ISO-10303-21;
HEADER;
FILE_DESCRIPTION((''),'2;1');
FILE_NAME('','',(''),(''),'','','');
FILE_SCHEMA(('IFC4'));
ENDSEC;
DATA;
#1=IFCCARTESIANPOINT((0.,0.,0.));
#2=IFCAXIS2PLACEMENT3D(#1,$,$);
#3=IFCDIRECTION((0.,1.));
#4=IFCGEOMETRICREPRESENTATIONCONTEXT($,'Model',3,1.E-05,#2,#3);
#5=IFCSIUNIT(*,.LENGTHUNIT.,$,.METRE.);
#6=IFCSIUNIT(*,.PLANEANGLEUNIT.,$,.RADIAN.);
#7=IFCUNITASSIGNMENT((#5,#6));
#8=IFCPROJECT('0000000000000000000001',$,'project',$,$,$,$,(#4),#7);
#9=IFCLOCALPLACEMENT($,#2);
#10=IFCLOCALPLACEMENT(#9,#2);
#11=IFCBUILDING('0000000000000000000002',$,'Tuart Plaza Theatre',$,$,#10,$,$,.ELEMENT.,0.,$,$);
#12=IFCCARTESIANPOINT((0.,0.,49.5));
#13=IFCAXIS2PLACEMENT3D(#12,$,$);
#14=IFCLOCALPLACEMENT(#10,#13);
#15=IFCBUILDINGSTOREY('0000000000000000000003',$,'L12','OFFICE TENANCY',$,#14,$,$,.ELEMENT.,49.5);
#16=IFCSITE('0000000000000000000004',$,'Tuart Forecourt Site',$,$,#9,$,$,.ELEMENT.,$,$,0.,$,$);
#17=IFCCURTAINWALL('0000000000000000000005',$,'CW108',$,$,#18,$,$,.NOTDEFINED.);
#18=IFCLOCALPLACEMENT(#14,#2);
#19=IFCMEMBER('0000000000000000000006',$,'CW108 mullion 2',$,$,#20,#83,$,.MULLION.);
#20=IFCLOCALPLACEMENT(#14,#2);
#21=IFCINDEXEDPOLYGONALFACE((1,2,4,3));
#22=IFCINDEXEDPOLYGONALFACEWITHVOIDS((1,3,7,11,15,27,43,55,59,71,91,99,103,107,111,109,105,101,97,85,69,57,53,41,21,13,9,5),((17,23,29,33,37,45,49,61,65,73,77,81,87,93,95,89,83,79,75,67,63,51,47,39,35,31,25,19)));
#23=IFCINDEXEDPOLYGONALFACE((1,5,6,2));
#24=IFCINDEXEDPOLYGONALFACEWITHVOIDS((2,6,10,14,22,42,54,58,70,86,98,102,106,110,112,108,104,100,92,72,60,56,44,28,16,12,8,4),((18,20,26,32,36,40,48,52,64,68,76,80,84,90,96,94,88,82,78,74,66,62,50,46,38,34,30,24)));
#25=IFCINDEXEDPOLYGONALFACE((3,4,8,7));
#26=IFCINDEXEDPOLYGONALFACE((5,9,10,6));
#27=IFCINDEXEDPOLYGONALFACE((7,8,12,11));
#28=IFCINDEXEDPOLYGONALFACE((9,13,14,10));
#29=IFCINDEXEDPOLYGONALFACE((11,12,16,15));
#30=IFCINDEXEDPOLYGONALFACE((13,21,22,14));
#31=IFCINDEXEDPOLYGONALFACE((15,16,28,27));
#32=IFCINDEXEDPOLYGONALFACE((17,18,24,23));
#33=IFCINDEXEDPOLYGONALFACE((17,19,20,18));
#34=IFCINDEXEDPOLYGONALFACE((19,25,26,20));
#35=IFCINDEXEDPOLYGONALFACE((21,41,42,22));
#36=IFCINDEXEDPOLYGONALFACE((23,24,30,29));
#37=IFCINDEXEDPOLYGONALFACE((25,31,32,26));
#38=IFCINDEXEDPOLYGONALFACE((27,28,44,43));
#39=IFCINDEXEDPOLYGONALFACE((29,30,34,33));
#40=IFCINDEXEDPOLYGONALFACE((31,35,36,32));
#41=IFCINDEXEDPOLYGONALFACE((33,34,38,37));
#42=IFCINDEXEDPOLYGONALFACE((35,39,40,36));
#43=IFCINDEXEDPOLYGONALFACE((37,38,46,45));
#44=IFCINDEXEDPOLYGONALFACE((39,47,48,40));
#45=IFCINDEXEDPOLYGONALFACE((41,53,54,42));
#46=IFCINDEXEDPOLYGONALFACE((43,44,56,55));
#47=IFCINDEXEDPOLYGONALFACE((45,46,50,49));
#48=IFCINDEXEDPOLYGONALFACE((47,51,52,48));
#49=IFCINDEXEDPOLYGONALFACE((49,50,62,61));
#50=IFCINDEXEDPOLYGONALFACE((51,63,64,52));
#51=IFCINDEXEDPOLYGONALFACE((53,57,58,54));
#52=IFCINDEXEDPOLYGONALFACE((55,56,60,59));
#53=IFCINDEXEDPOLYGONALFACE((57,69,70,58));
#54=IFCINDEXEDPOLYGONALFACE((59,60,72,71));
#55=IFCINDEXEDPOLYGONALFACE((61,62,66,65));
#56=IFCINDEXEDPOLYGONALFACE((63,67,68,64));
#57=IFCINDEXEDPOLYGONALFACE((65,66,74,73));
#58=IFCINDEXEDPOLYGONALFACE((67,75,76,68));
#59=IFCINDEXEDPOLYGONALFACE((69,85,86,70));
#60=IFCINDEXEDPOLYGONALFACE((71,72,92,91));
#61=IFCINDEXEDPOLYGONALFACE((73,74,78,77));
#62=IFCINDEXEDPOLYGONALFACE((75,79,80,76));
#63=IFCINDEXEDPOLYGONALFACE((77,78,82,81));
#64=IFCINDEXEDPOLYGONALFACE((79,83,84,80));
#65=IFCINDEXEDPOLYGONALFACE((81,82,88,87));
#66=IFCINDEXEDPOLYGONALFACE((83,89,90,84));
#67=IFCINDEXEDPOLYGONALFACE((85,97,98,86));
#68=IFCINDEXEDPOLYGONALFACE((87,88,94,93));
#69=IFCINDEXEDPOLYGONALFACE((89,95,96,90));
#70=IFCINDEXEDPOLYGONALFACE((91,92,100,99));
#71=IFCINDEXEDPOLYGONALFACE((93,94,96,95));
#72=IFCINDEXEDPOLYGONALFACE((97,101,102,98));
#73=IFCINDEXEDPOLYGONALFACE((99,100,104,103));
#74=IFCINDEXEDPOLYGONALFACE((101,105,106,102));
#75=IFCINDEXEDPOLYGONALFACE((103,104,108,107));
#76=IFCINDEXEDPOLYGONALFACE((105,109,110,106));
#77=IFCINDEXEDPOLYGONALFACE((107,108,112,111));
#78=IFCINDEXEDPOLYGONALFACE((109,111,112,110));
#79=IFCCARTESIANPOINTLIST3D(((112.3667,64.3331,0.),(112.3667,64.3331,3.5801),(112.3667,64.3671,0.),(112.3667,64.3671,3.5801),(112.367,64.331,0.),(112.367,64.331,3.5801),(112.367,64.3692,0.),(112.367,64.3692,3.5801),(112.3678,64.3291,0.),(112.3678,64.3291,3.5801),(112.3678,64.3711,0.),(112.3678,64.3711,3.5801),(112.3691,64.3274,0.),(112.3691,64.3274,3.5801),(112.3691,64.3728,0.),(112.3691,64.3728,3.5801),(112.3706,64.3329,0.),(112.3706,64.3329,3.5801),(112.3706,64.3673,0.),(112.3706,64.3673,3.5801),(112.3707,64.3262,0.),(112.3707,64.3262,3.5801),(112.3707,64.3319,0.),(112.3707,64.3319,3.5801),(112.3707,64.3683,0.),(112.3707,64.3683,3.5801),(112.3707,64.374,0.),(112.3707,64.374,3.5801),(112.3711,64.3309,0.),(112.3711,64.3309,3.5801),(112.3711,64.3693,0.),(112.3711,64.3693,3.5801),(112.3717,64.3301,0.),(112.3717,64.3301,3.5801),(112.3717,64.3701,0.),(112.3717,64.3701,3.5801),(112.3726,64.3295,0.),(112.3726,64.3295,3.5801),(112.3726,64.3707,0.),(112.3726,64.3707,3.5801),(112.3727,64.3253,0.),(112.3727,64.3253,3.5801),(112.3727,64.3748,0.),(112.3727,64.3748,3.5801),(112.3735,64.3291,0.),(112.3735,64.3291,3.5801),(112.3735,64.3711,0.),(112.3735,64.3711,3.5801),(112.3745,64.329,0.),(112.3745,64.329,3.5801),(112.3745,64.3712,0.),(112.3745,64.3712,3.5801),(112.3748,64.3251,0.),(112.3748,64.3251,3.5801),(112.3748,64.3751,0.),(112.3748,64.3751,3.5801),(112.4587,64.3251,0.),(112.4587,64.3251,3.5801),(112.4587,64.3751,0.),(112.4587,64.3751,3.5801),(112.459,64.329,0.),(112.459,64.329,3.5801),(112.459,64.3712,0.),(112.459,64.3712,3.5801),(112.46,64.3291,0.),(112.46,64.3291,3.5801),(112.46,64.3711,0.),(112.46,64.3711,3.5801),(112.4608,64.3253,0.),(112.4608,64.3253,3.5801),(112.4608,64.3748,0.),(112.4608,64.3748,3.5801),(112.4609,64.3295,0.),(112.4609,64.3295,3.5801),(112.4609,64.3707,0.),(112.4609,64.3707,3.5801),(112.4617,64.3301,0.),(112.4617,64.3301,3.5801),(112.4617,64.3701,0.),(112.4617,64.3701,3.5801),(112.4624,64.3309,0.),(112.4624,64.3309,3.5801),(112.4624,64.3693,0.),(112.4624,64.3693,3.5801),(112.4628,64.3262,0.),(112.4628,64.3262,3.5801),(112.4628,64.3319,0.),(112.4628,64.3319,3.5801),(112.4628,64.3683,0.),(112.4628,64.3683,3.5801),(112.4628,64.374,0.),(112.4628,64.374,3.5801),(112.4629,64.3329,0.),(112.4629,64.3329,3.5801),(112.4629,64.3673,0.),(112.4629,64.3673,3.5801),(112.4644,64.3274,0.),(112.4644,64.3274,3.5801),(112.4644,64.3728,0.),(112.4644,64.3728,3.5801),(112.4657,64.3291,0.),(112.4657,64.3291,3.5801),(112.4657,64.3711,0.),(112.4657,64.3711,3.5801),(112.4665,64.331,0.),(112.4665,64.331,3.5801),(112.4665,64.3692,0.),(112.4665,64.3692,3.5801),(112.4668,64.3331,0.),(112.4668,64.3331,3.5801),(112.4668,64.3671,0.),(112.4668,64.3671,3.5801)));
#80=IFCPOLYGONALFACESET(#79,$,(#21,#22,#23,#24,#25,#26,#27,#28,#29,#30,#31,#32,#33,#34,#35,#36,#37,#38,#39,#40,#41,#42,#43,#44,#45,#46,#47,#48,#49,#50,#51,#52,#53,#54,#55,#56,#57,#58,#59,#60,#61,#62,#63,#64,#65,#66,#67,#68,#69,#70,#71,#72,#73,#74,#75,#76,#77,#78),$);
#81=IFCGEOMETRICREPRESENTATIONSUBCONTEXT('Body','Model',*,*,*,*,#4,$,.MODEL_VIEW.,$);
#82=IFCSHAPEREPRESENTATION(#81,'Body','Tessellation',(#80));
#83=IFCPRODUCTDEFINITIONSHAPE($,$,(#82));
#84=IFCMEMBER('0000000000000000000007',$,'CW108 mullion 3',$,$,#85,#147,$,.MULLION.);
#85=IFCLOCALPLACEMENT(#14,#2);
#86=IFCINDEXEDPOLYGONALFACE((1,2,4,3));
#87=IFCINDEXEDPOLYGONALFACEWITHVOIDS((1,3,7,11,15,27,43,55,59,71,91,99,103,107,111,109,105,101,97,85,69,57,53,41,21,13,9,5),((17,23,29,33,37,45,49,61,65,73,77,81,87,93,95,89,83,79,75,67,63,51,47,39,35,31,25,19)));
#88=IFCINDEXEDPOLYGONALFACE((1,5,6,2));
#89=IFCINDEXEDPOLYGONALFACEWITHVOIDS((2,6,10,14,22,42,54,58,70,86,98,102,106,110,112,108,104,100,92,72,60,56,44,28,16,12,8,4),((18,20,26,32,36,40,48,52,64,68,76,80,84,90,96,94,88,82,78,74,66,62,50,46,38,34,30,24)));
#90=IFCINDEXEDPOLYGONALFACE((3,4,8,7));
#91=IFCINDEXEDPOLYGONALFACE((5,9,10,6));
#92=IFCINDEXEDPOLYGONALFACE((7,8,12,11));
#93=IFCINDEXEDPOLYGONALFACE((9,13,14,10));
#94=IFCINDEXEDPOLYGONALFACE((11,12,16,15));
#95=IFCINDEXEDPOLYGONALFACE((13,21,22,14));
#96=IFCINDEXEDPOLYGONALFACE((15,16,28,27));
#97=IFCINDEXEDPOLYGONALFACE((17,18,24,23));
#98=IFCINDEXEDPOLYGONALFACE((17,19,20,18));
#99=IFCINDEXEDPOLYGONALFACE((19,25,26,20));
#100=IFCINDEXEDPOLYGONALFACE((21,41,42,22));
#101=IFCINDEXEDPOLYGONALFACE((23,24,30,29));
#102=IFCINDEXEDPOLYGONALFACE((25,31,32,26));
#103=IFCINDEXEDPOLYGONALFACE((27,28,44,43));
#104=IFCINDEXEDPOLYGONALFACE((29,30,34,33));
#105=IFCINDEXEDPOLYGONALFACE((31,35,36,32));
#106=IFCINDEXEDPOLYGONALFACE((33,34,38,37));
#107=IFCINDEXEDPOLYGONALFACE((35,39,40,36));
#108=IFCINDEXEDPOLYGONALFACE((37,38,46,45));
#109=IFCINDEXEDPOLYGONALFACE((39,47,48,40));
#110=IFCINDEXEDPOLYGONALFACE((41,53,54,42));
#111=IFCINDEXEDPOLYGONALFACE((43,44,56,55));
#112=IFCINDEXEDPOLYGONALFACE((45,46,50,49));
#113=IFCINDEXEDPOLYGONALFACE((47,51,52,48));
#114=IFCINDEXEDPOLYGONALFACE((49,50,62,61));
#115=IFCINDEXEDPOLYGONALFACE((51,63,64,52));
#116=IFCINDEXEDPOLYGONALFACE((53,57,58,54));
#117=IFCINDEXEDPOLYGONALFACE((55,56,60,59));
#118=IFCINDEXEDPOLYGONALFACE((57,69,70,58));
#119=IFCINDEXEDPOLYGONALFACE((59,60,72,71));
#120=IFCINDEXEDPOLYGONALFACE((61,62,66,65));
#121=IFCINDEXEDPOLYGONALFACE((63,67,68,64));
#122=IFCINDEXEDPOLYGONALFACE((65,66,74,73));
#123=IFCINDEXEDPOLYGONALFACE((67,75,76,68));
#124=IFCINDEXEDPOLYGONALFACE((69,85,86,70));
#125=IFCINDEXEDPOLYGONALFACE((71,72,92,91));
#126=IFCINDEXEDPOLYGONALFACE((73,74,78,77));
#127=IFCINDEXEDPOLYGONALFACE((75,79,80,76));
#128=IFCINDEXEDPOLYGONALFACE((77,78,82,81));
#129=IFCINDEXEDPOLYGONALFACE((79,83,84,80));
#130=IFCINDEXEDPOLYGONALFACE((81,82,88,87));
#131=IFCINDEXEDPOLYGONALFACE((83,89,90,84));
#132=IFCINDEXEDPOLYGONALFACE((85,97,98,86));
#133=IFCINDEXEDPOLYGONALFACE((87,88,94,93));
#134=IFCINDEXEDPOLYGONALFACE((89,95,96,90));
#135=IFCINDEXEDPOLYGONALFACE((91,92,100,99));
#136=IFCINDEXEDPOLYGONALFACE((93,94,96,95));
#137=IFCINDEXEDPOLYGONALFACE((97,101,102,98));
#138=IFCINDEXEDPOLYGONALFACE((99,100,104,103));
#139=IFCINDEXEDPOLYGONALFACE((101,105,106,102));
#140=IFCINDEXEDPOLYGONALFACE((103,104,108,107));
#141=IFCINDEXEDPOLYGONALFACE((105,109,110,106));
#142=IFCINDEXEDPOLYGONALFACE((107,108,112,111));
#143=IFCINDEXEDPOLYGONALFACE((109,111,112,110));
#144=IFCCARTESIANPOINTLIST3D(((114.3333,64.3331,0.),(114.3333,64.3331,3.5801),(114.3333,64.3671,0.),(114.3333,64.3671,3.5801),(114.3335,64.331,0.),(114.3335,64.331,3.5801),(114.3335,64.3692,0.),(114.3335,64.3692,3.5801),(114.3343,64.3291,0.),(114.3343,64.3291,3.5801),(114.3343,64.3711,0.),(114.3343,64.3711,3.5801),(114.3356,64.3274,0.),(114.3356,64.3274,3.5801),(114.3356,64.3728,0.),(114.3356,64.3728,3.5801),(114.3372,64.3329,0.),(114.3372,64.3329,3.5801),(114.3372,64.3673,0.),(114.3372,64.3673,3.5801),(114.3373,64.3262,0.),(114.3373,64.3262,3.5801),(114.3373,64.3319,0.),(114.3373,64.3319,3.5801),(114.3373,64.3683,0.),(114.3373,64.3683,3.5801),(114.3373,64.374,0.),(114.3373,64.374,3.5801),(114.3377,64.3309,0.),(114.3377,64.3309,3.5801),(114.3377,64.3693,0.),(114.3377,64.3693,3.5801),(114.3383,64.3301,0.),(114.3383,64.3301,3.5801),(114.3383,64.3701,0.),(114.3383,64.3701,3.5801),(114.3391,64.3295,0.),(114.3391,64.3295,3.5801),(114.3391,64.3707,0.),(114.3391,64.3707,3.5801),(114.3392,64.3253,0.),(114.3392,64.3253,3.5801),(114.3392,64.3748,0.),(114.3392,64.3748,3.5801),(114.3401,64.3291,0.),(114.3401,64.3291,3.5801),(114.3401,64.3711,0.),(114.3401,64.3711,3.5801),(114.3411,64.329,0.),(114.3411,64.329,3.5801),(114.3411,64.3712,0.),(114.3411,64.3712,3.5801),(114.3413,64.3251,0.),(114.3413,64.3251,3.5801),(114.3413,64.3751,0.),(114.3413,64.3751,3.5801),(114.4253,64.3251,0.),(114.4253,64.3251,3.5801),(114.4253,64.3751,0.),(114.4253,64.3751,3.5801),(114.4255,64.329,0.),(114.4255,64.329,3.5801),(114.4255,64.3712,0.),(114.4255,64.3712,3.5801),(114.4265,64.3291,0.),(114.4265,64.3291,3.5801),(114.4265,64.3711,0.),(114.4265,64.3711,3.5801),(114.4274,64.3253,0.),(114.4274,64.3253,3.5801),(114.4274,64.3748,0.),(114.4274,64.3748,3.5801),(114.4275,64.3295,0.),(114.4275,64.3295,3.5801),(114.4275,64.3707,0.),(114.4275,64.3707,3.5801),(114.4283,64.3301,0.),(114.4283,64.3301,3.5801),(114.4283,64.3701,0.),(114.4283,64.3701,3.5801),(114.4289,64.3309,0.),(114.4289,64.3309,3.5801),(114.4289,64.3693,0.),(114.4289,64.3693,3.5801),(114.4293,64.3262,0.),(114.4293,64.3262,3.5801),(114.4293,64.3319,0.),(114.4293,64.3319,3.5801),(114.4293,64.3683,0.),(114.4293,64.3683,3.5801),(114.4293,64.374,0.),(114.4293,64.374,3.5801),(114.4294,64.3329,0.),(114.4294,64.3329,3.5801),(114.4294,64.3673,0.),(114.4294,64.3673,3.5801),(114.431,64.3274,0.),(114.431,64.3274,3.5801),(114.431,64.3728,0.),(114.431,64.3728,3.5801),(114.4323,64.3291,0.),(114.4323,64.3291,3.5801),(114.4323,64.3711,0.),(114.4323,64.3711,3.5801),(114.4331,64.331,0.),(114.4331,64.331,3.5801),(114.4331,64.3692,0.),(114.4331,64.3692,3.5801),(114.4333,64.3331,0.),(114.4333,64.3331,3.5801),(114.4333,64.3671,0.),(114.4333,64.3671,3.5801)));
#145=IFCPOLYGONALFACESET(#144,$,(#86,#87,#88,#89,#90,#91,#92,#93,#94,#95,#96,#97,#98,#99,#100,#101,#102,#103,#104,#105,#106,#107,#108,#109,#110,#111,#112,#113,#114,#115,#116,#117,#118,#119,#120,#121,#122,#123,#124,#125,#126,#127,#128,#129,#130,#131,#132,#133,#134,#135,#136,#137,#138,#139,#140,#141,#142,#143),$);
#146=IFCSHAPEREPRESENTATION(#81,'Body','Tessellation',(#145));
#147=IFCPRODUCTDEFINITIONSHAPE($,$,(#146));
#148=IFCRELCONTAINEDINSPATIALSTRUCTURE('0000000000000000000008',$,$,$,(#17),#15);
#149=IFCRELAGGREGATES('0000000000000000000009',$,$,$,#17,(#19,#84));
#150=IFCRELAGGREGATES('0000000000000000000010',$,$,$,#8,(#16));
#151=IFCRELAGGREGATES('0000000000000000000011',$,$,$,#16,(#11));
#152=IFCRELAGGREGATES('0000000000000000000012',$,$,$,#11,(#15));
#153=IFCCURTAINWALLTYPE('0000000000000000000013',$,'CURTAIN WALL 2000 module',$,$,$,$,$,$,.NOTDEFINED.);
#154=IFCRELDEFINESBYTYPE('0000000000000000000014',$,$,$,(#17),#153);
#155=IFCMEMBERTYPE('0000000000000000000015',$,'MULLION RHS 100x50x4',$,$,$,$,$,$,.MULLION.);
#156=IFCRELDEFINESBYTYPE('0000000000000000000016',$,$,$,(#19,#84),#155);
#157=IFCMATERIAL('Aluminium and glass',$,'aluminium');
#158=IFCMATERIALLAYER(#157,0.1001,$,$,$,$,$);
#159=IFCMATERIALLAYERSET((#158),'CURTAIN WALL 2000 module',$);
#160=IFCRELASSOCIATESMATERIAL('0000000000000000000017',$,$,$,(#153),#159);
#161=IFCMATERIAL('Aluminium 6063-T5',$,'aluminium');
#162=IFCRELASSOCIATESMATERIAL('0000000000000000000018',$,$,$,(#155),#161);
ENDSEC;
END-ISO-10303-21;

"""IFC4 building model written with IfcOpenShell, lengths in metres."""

from ifc_helpers import new_model, si_unit, direction, frame, origin, origin_2d, place, context, subcontext, project, spatial, hollow_rectangle, extrude, material, layer, layer_set, material_profile, profile_set, type_object, element, aggregate, save


model = new_model("IFC4")

# Units and contexts
model_context = context("Model", 3, precision=1e-05, world=origin(), true_north=direction((0.0, 1.0)))
body_context = subcontext(model_context, "Body", "Model", "MODEL_VIEW")
ifc_project = project(units=[si_unit("LENGTHUNIT", "METRE"), si_unit("PLANEANGLEUNIT", "RADIAN")], contexts=[model_context])

# Site, building, storey
site_placement = place(None, origin())
site = spatial("IfcSite", under=ifc_project, at=site_placement, Name="Tuart Forecourt Site", CompositionType="ELEMENT", RefElevation=0.0)
building_placement = place(site_placement, origin())
building = spatial("IfcBuilding", under=site, at=building_placement, Name="Tuart Plaza Theatre", CompositionType="ELEMENT", ElevationOfRefHeight=0.0)
storey_placement = place(building_placement, frame((0.0, 0.0, 49.5)))
storey = spatial("IfcBuildingStorey", under=building, at=storey_placement, Name="L12", Description="OFFICE TENANCY", CompositionType="ELEMENT", Elevation=49.5)

# Curtain wall, members
ifc_material_1 = material(Name="Aluminium and glass", Category="aluminium")
ifc_layer_1 = layer(ifc_material_1, 0.1001)
ifc_layer_set_1 = layer_set([ifc_layer_1], Name="CURTAIN WALL 2000 module")
curtain_wall_type = type_object("IfcCurtainWallType", Name="CURTAIN WALL 2000 module", PredefinedType="NOTDEFINED", material=ifc_layer_set_1)
curtain_wall_1_placement = place(storey_placement, origin())
curtain_wall_1 = element("IfcCurtainWall", 1, at=curtain_wall_1_placement, inside=storey, type_object=curtain_wall_type, Name="CW108", PredefinedType="NOTDEFINED")
ifc_material_2 = material(Name="Aluminium 6063-T5", Category="aluminium")
ifc_material_profile_1 = material_profile(ifc_material_2, hollow_rectangle(XDim=0.05, YDim=0.1001, WallThickness=0.0039, InnerFilletRadius=0.0039, OuterFilletRadius=0.0081, at=origin_2d()), Name="RHS 100x50x4")
ifc_profile_set_1 = profile_set([ifc_material_profile_1], Name="Aluminium 6063-T5")
member_type_1 = type_object("IfcMemberType", Name="MULLION RHS 100x50x4", PredefinedType="MULLION", material=ifc_profile_set_1)
member_1_placement = place(storey_placement, frame((112.4167, 64.3501, 0.0), z_axis=(0.0, 0.0, 1.0), x_axis=(0.0, 1.0, 0.0)))
member_1 = element("IfcMember", 2, at=member_1_placement, type_object=member_type_1, Name="CW108 mullion 2", PredefinedType="MULLION", context=body_context, shape_type="SweptSolid", body=[
    extrude(hollow_rectangle(XDim=0.05, YDim=0.1001, WallThickness=0.0039, InnerFilletRadius=0.0039, OuterFilletRadius=0.0081, at=origin_2d()), origin(), (0.0, 0.0, 1.0), 3.5801),
])
member_2_placement = place(storey_placement, frame((114.3833, 64.3501, 0.0), z_axis=(0.0, 0.0, 1.0), x_axis=(0.0, 1.0, 0.0)))
member_2 = element("IfcMember", 3, at=member_2_placement, type_object=member_type_1, Name="CW108 mullion 3", PredefinedType="MULLION", context=body_context, shape_type="SweptSolid", body=[
    extrude(hollow_rectangle(XDim=0.05, YDim=0.1001, WallThickness=0.0039, InnerFilletRadius=0.0039, OuterFilletRadius=0.0081, at=origin_2d()), origin(), (0.0, 0.0, 1.0), 3.5801),
])

aggregate(curtain_wall_1, [member_1, member_2])

save(model, "model.ifc")
